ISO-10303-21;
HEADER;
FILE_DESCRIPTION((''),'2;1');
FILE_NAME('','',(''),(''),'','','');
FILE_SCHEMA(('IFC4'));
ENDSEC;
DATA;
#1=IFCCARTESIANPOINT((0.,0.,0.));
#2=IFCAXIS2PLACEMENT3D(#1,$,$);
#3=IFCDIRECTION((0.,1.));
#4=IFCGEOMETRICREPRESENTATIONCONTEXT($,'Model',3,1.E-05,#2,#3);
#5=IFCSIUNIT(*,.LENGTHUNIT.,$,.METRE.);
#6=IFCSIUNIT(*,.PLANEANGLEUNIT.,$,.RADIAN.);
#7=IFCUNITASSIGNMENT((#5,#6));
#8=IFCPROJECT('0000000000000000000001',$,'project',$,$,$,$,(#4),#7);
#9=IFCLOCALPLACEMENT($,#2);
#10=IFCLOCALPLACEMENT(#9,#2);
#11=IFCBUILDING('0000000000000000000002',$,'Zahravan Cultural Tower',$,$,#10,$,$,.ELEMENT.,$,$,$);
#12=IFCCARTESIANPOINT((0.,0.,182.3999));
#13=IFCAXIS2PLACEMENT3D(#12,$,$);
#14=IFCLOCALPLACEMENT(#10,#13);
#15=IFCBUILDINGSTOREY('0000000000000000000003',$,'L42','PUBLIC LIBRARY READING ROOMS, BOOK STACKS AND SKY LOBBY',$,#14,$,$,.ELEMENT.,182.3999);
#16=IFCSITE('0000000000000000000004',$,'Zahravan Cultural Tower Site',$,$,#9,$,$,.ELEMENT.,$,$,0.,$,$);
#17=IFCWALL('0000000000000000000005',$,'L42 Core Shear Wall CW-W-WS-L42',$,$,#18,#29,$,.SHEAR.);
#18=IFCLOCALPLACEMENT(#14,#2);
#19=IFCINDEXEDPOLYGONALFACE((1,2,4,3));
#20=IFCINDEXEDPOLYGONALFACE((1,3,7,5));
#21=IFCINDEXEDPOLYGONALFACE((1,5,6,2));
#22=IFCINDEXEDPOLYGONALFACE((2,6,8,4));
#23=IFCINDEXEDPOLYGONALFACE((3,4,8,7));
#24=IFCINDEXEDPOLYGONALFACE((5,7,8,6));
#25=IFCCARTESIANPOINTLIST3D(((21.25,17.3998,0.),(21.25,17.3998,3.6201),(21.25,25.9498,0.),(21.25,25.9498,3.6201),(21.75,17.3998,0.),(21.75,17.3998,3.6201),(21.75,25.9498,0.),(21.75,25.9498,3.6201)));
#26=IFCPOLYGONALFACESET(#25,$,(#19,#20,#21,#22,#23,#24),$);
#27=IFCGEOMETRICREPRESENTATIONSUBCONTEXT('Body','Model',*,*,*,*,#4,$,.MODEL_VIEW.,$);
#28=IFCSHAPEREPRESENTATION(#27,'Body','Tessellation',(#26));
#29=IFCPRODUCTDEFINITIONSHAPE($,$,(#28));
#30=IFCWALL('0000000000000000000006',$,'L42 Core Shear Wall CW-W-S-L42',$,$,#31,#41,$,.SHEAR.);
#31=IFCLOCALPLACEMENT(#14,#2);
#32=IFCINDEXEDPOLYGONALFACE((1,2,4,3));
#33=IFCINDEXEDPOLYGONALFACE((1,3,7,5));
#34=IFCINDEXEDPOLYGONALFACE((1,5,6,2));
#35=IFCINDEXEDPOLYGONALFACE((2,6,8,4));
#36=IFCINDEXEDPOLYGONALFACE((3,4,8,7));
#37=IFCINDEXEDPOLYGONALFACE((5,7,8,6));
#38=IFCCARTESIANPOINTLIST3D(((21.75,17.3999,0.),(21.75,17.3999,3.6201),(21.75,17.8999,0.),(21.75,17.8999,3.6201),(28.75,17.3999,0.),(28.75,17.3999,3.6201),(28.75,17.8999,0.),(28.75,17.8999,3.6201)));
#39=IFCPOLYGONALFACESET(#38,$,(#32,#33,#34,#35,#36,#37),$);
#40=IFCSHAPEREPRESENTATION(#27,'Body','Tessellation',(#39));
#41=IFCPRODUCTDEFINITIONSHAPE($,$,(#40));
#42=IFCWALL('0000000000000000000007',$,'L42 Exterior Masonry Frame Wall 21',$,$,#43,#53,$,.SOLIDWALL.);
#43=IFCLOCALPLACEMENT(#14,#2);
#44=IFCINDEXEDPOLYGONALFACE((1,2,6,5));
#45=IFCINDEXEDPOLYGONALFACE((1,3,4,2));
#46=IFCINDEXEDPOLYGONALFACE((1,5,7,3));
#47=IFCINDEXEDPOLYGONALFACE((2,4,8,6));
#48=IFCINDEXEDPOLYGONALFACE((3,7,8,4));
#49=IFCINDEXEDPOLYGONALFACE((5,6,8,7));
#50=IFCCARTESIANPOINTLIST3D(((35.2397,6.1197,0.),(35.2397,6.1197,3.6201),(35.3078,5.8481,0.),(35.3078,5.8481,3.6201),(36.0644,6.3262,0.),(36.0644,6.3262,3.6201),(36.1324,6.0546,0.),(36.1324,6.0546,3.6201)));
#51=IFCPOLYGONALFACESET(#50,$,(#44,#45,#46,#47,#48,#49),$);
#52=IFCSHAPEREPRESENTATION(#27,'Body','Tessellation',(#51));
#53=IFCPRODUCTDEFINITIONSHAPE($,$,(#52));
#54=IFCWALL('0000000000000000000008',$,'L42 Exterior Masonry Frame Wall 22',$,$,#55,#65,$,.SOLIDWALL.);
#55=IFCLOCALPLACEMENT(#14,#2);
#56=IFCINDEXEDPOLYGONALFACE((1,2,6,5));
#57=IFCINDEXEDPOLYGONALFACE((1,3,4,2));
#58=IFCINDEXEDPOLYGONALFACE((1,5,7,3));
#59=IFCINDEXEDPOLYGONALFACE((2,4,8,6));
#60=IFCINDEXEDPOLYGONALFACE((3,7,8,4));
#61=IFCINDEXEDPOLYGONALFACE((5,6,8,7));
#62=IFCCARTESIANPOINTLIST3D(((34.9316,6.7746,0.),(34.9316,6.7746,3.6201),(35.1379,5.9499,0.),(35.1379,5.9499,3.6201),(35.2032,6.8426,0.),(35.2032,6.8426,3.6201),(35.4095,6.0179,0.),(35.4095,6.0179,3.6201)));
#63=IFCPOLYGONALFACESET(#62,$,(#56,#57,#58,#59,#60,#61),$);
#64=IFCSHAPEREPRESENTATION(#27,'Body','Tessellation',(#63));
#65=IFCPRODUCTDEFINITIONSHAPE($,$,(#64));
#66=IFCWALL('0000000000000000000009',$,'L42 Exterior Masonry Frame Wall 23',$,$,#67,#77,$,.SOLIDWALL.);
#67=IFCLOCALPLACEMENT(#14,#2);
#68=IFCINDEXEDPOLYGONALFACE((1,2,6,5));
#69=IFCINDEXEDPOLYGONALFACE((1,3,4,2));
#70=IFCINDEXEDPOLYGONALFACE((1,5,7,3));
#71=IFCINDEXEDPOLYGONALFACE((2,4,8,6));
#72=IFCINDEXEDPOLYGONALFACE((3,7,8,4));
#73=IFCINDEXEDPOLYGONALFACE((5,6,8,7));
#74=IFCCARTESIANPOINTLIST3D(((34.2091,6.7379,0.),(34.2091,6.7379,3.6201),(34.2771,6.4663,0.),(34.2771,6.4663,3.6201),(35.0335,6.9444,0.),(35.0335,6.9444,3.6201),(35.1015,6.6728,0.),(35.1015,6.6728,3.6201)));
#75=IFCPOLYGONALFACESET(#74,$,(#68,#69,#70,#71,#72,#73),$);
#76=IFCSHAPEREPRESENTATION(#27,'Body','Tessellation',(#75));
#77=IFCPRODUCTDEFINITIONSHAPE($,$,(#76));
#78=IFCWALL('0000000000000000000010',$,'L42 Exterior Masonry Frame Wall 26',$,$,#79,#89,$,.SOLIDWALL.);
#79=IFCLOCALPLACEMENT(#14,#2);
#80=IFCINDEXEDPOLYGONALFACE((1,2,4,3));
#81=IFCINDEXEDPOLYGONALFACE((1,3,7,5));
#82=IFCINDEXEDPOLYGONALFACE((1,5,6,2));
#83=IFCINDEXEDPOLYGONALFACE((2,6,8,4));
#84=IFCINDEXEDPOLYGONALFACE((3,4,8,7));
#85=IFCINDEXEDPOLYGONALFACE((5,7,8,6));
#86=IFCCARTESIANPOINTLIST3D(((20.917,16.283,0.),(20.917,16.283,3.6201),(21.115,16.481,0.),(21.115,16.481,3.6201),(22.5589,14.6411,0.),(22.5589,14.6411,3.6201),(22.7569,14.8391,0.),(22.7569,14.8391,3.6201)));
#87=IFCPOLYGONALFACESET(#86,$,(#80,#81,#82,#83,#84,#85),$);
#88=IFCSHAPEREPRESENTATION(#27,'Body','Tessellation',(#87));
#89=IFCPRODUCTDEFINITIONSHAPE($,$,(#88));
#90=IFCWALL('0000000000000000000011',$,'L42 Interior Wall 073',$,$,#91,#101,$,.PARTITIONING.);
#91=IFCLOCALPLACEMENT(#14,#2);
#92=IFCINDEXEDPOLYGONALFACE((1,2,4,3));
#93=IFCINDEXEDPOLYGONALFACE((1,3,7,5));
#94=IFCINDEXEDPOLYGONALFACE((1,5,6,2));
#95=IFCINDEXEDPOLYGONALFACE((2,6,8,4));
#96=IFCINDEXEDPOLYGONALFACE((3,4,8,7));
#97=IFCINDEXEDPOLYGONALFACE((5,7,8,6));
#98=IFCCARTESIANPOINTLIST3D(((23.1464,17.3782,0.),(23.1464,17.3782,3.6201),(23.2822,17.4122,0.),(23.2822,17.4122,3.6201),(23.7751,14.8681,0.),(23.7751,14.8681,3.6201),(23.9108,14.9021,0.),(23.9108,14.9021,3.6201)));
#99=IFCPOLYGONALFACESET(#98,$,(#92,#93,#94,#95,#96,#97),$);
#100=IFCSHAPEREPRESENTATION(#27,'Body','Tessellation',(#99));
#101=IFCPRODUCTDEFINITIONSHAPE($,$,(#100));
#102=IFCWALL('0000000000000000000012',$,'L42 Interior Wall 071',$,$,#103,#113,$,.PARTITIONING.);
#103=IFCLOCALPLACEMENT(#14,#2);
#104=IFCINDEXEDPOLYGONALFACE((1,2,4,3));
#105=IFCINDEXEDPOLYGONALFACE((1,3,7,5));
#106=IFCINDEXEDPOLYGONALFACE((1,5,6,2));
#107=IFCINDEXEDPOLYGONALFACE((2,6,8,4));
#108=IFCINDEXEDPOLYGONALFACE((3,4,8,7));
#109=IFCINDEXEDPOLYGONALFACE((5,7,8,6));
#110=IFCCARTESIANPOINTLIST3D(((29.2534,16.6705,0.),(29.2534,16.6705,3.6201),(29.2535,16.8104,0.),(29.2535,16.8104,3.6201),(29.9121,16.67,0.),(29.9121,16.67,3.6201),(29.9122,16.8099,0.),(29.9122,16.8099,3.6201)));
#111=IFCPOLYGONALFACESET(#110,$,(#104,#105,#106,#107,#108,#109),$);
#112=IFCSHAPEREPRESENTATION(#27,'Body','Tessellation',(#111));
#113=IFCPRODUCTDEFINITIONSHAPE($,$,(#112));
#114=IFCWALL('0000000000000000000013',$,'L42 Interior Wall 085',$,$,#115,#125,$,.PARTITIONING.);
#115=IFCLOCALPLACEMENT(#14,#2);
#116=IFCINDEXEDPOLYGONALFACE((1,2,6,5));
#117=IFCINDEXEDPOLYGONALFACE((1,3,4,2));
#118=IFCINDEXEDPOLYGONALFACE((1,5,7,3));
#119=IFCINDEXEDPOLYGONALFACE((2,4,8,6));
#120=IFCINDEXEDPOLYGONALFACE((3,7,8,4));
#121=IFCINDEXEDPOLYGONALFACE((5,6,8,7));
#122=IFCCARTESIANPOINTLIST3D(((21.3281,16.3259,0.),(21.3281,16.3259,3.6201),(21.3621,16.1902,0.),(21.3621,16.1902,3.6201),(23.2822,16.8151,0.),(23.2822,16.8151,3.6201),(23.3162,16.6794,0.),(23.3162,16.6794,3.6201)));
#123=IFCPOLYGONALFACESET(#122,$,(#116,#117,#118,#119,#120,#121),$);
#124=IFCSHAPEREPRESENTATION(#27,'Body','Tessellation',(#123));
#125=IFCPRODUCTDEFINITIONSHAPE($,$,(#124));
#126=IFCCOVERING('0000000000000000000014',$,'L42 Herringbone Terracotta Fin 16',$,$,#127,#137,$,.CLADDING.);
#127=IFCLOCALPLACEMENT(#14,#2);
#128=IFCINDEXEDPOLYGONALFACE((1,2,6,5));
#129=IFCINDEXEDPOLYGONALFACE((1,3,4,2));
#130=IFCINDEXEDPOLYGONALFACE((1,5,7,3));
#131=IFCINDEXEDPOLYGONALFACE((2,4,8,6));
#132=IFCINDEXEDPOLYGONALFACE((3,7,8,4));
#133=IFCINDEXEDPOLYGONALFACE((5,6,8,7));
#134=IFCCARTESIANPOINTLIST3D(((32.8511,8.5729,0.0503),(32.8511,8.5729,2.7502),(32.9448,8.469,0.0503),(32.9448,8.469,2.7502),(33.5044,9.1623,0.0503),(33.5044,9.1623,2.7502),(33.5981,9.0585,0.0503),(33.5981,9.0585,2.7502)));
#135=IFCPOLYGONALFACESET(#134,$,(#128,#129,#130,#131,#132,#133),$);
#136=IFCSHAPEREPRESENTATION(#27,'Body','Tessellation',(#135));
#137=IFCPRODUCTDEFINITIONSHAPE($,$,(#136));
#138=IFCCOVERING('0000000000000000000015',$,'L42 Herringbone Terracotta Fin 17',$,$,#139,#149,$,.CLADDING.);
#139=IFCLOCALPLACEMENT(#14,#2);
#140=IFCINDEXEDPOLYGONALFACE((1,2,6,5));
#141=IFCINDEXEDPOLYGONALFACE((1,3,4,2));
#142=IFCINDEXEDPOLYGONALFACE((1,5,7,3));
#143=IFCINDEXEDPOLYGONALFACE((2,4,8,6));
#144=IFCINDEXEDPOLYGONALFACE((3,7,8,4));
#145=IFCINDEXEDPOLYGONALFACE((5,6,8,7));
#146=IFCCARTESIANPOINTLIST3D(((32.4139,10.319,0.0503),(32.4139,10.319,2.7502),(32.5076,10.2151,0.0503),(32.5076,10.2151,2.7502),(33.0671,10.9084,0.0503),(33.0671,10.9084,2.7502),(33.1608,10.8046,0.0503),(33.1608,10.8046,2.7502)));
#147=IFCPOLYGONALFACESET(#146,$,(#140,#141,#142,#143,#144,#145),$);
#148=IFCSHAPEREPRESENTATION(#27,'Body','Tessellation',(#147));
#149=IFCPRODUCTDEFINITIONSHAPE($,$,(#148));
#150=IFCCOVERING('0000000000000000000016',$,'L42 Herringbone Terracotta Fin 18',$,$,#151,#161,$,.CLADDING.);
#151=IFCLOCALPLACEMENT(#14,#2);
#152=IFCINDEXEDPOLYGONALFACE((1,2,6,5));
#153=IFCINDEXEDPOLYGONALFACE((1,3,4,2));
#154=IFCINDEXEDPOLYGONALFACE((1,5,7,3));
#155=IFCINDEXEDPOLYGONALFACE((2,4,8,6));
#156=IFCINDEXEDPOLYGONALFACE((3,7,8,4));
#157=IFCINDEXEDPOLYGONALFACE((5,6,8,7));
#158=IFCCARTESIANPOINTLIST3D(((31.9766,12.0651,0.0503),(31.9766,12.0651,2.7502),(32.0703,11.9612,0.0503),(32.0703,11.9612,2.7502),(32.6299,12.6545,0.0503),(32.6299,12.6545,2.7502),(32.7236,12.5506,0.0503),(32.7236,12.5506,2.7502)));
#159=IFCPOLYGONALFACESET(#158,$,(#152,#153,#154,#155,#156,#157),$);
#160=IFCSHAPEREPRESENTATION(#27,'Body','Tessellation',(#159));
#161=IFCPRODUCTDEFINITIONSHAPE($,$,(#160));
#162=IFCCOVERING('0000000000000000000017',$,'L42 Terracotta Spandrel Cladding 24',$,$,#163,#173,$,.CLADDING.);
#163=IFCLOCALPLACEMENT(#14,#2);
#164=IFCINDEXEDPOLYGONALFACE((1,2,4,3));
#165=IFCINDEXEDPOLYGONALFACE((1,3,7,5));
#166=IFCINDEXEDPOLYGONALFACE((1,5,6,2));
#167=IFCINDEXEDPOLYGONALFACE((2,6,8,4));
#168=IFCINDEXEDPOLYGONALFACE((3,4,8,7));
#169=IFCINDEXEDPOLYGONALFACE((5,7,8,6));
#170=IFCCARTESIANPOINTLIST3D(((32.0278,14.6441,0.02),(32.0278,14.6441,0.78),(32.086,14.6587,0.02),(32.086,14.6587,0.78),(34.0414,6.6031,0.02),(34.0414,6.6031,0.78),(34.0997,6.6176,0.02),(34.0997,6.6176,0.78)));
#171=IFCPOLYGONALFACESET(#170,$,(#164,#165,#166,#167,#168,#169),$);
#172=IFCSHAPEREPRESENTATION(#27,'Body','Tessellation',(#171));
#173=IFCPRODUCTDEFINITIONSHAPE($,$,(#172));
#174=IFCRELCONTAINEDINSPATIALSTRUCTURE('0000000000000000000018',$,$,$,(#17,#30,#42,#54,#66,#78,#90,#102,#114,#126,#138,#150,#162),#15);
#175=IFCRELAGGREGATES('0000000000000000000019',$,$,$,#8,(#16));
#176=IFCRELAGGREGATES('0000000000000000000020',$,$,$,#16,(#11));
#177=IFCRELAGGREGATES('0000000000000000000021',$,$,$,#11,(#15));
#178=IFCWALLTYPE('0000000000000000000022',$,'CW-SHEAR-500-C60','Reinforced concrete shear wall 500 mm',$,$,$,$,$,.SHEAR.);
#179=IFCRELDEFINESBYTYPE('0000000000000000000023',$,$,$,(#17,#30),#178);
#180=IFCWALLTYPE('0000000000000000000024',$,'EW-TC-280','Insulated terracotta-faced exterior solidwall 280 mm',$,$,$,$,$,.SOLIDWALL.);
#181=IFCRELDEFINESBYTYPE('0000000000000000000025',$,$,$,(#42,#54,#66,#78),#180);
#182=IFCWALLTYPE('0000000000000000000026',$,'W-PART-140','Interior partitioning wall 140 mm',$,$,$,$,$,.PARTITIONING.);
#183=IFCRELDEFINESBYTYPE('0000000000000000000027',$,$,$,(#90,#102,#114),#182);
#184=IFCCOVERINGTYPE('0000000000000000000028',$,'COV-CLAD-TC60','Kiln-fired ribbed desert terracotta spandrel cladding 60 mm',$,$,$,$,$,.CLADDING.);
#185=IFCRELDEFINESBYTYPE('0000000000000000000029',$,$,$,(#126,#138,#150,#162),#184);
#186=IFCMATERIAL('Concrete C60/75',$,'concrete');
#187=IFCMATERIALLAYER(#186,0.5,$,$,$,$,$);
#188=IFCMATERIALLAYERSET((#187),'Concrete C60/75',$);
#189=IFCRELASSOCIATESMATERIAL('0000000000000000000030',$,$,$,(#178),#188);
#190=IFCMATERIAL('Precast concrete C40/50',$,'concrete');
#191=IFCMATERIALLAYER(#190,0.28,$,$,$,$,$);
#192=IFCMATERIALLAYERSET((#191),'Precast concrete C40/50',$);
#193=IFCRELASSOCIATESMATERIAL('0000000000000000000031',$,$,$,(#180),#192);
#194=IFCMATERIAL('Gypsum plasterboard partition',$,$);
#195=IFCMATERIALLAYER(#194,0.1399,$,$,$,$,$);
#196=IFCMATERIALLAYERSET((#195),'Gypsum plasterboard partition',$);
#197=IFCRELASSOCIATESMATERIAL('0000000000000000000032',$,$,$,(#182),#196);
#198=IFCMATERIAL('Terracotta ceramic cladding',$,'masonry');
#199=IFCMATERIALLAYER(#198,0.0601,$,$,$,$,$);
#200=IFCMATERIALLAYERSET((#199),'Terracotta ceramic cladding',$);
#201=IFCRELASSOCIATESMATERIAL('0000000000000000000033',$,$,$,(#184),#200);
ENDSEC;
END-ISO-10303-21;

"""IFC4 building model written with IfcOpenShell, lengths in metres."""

from ifc_helpers import new_model, si_unit, direction, frame, frame_2d, origin, origin_2d, place, context, subcontext, project, spatial, rectangle, extrude, source, transform, mapped, material, layer, layer_set, type_object, element, save


model = new_model("IFC4")

# Units and contexts
model_context = context("Model", 3, precision=1e-05, world=origin(), true_north=direction((0.0, 1.0)))
body_context = subcontext(model_context, "Body", "Model", "MODEL_VIEW")
ifc_project = project(units=[si_unit("LENGTHUNIT", "METRE"), si_unit("PLANEANGLEUNIT", "RADIAN")], contexts=[model_context])

# Site, building, storey
site_placement = place(None, origin())
site = spatial("IfcSite", under=ifc_project, at=site_placement, Name="Zahravan Cultural Tower Site", CompositionType="ELEMENT", RefElevation=0.0)
building_placement = place(site_placement, origin())
building = spatial("IfcBuilding", under=site, at=building_placement, Name="Zahravan Cultural Tower", CompositionType="ELEMENT")
storey_placement = place(building_placement, frame((0.0, 0.0, 182.3999)))
storey = spatial("IfcBuildingStorey", under=building, at=storey_placement, Name="L42", Description="PUBLIC LIBRARY READING ROOMS, BOOK STACKS AND SKY LOBBY", CompositionType="ELEMENT", Elevation=182.3999)

# Shared definitions
ifc_material_1 = material(Name="Concrete C60/75", Category="concrete")
ifc_layer_1 = layer(ifc_material_1, 0.5)
ifc_layer_set_1 = layer_set([ifc_layer_1], Name="Concrete C60/75")
wall_type_1 = type_object("IfcWallType", Name="CW-SHEAR-500-C60", Description="Reinforced concrete shear wall 500 mm", PredefinedType="SHEAR", material=ifc_layer_set_1)

# Shared definitions
ifc_material_2 = material(Name="Precast concrete C40/50", Category="concrete")
ifc_layer_2 = layer(ifc_material_2, 0.28)
ifc_layer_set_2 = layer_set([ifc_layer_2], Name="Precast concrete C40/50")
wall_type_2 = type_object("IfcWallType", Name="EW-TC-280", Description="Insulated terracotta-faced exterior solidwall 280 mm", PredefinedType="SOLIDWALL", material=ifc_layer_set_2)

# Shared definitions
ifc_material_3 = material(Name="Gypsum plasterboard partition")
ifc_layer_3 = layer(ifc_material_3, 0.1399)
ifc_layer_set_3 = layer_set([ifc_layer_3], Name="Gypsum plasterboard partition")
wall_type_3 = type_object("IfcWallType", Name="W-PART-140", Description="Interior partitioning wall 140 mm", PredefinedType="PARTITIONING", material=ifc_layer_set_3)

# Walls
shared_shape_1 = source(origin(), body_context, "Body", "SweptSolid", [
    extrude(rectangle(XDim=8.55, YDim=0.5, at=frame_2d((4.2749, 0.0))), origin(), (0.0, 0.0, 1.0), 3.6201),
])
wall_1_placement = place(storey_placement, frame((21.5, 17.3999, 0.0), z_axis=(0.0, 0.0, 1.0), x_axis=(0.0, 1.0, 0.0)))
element("IfcWall", 1, at=wall_1_placement, inside=storey, type_object=wall_type_1, Name="L42 Core Shear Wall CW-W-WS-L42", PredefinedType="SHEAR", context=body_context, shape_type="MappedRepresentation", body=[
    mapped(shared_shape_1, transform((0.0, 0.0, 0.0), x_axis=(1.0, 0.0, 0.0), y_axis=(0.0, 1.0, 0.0), z_axis=(0.0, 0.0, 1.0), scale=1.0)),
])
shared_shape_2 = source(origin(), body_context, "Body", "SweptSolid", [
    extrude(rectangle(XDim=7.0, YDim=0.5, at=frame_2d((3.5, 0.0))), origin(), (0.0, 0.0, 1.0), 3.6201),
])
wall_2_placement = place(storey_placement, frame((21.75, 17.6499, 0.0), z_axis=(0.0, 0.0, 1.0), x_axis=(1.0, 0.0, 0.0)))
element("IfcWall", 2, at=wall_2_placement, inside=storey, type_object=wall_type_1, Name="L42 Core Shear Wall CW-W-S-L42", PredefinedType="SHEAR", context=body_context, shape_type="MappedRepresentation", body=[
    mapped(shared_shape_2, transform((0.0, 0.0, 0.0), x_axis=(1.0, 0.0, 0.0), y_axis=(0.0, 1.0, 0.0), z_axis=(0.0, 0.0, 1.0), scale=1.0)),
])
shared_shape_3 = source(origin(), body_context, "Body", "SweptSolid", [
    extrude(rectangle(XDim=0.8501, YDim=0.28, at=frame_2d((0.425, 0.0))), origin(), (0.0, 0.0, 1.0), 3.6201),
])
for number, where, z_axis, x_axis, name in (
    (3, (36.0984, 6.1904, 0.0), (0.0, 0.0, 1.0), (-0.970041, -0.242941, 0.0), "L42 Exterior Masonry Frame Wall 21"),
    (4, (35.2737, 5.9839, 0.0), (0.0, 0.0, 1.0), (-0.242671, 0.970109, 0.0), "L42 Exterior Masonry Frame Wall 22"),
):
    element("IfcWall", number, at=place(storey_placement, frame(where, z_axis=z_axis, x_axis=x_axis)), inside=storey, type_object=wall_type_2, Name=name, PredefinedType="SOLIDWALL", context=body_context, shape_type="MappedRepresentation", body=[
        mapped(shared_shape_3, transform((0.0, 0.0, 0.0), x_axis=(1.0, 0.0, 0.0), y_axis=(0.0, 1.0, 0.0), z_axis=(0.0, 0.0, 1.0), scale=1.0)),
    ])
shared_shape_4 = source(origin(), body_context, "Body", "SweptSolid", [
    extrude(rectangle(XDim=0.8499, YDim=0.28, at=frame_2d((0.4248, 0.0))), origin(), (0.0, 0.0, 1.0), 3.6201),
])
wall_3_placement = place(storey_placement, frame((35.0674, 6.8086, 0.0), z_axis=(0.0, 0.0, 1.0), x_axis=(-0.970024, -0.243009, 0.0)))
element("IfcWall", 5, at=wall_3_placement, inside=storey, type_object=wall_type_2, Name="L42 Exterior Masonry Frame Wall 23", PredefinedType="SOLIDWALL", context=body_context, shape_type="MappedRepresentation", body=[
    mapped(shared_shape_4, transform((0.0, 0.0, 0.0), x_axis=(1.0, 0.0, 0.0), y_axis=(0.0, 1.0, 0.0), z_axis=(0.0, 0.0, 1.0), scale=1.0)),
])
shared_shape_5 = source(origin(), body_context, "Body", "SweptSolid", [
    extrude(rectangle(XDim=2.322, YDim=0.28, at=frame_2d((1.1611, 0.0))), origin(), (0.0, 0.0, 1.0), 3.6201),
])
wall_4_placement = place(storey_placement, frame((22.658, 14.74, 0.0), z_axis=(0.0, 0.0, 1.0), x_axis=(-0.707107, 0.707107, 0.0)))
element("IfcWall", 6, at=wall_4_placement, inside=storey, type_object=wall_type_2, Name="L42 Exterior Masonry Frame Wall 26", PredefinedType="SOLIDWALL", context=body_context, shape_type="MappedRepresentation", body=[
    mapped(shared_shape_5, transform((0.0, 0.0, 0.0), x_axis=(1.0, 0.0, 0.0), y_axis=(0.0, 1.0, 0.0), z_axis=(0.0, 0.0, 1.0), scale=1.0)),
])
shared_shape_6 = source(origin(), body_context, "Body", "SweptSolid", [
    extrude(rectangle(XDim=2.5876, YDim=0.1399, at=frame_2d((1.2939, 0.0))), origin(), (0.0, 0.0, 1.0), 3.6201),
])
wall_5_placement = place(storey_placement, frame((23.843, 14.885, 0.0), z_axis=(0.0, 0.0, 1.0), x_axis=(-0.242957, 0.970037, 0.0)))
element("IfcWall", 7, at=wall_5_placement, inside=storey, type_object=wall_type_3, Name="L42 Interior Wall 073", PredefinedType="PARTITIONING", context=body_context, shape_type="MappedRepresentation", body=[
    mapped(shared_shape_6, transform((0.0, 0.0, 0.0), x_axis=(1.0, 0.0, 0.0), y_axis=(0.0, 1.0, 0.0), z_axis=(0.0, 0.0, 1.0), scale=1.0)),
])
shared_shape_7 = source(origin(), body_context, "Body", "SweptSolid", [
    extrude(rectangle(XDim=0.6587, YDim=0.1399, at=frame_2d((0.3293, 0.0))), origin(), (0.0, 0.0, 1.0), 3.6201),
])
wall_6_placement = place(storey_placement, frame((29.2534, 16.7405, 0.0), z_axis=(0.0, 0.0, 1.0), x_axis=(1.0, -0.000741, 0.0)))
element("IfcWall", 8, at=wall_6_placement, inside=storey, type_object=wall_type_3, Name="L42 Interior Wall 071", PredefinedType="PARTITIONING", context=body_context, shape_type="MappedRepresentation", body=[
    mapped(shared_shape_7, transform((0.0, 0.0, 0.0), x_axis=(1.0, 0.0, 0.0), y_axis=(0.0, 1.0, 0.0), z_axis=(0.0, 0.0, 1.0), scale=1.0)),
])
shared_shape_8 = source(origin(), body_context, "Body", "SweptSolid", [
    extrude(rectangle(XDim=2.0144, YDim=0.1399, at=frame_2d((1.0073, 0.0))), origin(), (0.0, 0.0, 1.0), 3.6201),
])
wall_7_placement = place(storey_placement, frame((23.2993, 16.7473, 0.0), z_axis=(0.0, 0.0, 1.0), x_axis=(-0.970057, -0.242878, 0.0)))
element("IfcWall", 9, at=wall_7_placement, inside=storey, type_object=wall_type_3, Name="L42 Interior Wall 085", PredefinedType="PARTITIONING", context=body_context, shape_type="MappedRepresentation", body=[
    mapped(shared_shape_8, transform((0.0, 0.0, 0.0), x_axis=(1.0, 0.0, 0.0), y_axis=(0.0, 1.0, 0.0), z_axis=(0.0, 0.0, 1.0), scale=1.0)),
])

# Coverings
ifc_material_4 = material(Name="Terracotta ceramic cladding", Category="masonry")
ifc_layer_4 = layer(ifc_material_4, 0.0601)
ifc_layer_set_4 = layer_set([ifc_layer_4], Name="Terracotta ceramic cladding")
covering_type = type_object("IfcCoveringType", Name="COV-CLAD-TC60", Description="Kiln-fired ribbed desert terracotta spandrel cladding 60 mm", PredefinedType="CLADDING", material=ifc_layer_set_4)
shared_shape_9 = source(origin(), body_context, "Body", "SweptSolid", [
    extrude(rectangle(XDim=0.8799, YDim=0.1399, at=origin_2d()), origin(), (0.0, 0.0, 1.0), 2.7),
])
for number, where, z_axis, x_axis, name in (
    (10, (33.2246, 8.8157, 0.0503), (0.0, 0.0, 1.0), (-0.742455, -0.669896, 0.0), "L42 Herringbone Terracotta Fin 16"),
    (11, (32.7874, 10.5618, 0.0503), (0.0, 0.0, 1.0), (-0.742455, -0.669896, 0.0), "L42 Herringbone Terracotta Fin 17"),
    (12, (32.3501, 12.3079, 0.0503), (0.0, 0.0, 1.0), (-0.742455, -0.669896, 0.0), "L42 Herringbone Terracotta Fin 18"),
):
    element("IfcCovering", number, at=place(storey_placement, frame(where, z_axis=z_axis, x_axis=x_axis)), inside=storey, type_object=covering_type, Name=name, PredefinedType="CLADDING", context=body_context, shape_type="MappedRepresentation", body=[
        mapped(shared_shape_9, transform((0.0, 0.0, 0.0), x_axis=(1.0, 0.0, 0.0), y_axis=(0.0, 1.0, 0.0), z_axis=(0.0, 0.0, 1.0), scale=1.0)),
    ])
shared_shape_10 = source(origin(), body_context, "Body", "SweptSolid", [
    extrude(rectangle(XDim=8.2893, YDim=0.0601, at=origin_2d()), origin(), (0.0, 0.0, 1.0), 0.76),
])
covering_1_placement = place(storey_placement, frame((33.0637, 10.6309, 0.02), z_axis=(0.0, 0.0, 1.0), x_axis=(-0.242921, 0.970046, 0.0)))
element("IfcCovering", 13, at=covering_1_placement, inside=storey, type_object=covering_type, Name="L42 Terracotta Spandrel Cladding 24", PredefinedType="CLADDING", context=body_context, shape_type="MappedRepresentation", body=[
    mapped(shared_shape_10, transform((0.0, 0.0, 0.0), x_axis=(1.0, 0.0, 0.0), y_axis=(0.0, 1.0, 0.0), z_axis=(0.0, 0.0, 1.0), scale=1.0)),
])

save(model, "model.ifc")
